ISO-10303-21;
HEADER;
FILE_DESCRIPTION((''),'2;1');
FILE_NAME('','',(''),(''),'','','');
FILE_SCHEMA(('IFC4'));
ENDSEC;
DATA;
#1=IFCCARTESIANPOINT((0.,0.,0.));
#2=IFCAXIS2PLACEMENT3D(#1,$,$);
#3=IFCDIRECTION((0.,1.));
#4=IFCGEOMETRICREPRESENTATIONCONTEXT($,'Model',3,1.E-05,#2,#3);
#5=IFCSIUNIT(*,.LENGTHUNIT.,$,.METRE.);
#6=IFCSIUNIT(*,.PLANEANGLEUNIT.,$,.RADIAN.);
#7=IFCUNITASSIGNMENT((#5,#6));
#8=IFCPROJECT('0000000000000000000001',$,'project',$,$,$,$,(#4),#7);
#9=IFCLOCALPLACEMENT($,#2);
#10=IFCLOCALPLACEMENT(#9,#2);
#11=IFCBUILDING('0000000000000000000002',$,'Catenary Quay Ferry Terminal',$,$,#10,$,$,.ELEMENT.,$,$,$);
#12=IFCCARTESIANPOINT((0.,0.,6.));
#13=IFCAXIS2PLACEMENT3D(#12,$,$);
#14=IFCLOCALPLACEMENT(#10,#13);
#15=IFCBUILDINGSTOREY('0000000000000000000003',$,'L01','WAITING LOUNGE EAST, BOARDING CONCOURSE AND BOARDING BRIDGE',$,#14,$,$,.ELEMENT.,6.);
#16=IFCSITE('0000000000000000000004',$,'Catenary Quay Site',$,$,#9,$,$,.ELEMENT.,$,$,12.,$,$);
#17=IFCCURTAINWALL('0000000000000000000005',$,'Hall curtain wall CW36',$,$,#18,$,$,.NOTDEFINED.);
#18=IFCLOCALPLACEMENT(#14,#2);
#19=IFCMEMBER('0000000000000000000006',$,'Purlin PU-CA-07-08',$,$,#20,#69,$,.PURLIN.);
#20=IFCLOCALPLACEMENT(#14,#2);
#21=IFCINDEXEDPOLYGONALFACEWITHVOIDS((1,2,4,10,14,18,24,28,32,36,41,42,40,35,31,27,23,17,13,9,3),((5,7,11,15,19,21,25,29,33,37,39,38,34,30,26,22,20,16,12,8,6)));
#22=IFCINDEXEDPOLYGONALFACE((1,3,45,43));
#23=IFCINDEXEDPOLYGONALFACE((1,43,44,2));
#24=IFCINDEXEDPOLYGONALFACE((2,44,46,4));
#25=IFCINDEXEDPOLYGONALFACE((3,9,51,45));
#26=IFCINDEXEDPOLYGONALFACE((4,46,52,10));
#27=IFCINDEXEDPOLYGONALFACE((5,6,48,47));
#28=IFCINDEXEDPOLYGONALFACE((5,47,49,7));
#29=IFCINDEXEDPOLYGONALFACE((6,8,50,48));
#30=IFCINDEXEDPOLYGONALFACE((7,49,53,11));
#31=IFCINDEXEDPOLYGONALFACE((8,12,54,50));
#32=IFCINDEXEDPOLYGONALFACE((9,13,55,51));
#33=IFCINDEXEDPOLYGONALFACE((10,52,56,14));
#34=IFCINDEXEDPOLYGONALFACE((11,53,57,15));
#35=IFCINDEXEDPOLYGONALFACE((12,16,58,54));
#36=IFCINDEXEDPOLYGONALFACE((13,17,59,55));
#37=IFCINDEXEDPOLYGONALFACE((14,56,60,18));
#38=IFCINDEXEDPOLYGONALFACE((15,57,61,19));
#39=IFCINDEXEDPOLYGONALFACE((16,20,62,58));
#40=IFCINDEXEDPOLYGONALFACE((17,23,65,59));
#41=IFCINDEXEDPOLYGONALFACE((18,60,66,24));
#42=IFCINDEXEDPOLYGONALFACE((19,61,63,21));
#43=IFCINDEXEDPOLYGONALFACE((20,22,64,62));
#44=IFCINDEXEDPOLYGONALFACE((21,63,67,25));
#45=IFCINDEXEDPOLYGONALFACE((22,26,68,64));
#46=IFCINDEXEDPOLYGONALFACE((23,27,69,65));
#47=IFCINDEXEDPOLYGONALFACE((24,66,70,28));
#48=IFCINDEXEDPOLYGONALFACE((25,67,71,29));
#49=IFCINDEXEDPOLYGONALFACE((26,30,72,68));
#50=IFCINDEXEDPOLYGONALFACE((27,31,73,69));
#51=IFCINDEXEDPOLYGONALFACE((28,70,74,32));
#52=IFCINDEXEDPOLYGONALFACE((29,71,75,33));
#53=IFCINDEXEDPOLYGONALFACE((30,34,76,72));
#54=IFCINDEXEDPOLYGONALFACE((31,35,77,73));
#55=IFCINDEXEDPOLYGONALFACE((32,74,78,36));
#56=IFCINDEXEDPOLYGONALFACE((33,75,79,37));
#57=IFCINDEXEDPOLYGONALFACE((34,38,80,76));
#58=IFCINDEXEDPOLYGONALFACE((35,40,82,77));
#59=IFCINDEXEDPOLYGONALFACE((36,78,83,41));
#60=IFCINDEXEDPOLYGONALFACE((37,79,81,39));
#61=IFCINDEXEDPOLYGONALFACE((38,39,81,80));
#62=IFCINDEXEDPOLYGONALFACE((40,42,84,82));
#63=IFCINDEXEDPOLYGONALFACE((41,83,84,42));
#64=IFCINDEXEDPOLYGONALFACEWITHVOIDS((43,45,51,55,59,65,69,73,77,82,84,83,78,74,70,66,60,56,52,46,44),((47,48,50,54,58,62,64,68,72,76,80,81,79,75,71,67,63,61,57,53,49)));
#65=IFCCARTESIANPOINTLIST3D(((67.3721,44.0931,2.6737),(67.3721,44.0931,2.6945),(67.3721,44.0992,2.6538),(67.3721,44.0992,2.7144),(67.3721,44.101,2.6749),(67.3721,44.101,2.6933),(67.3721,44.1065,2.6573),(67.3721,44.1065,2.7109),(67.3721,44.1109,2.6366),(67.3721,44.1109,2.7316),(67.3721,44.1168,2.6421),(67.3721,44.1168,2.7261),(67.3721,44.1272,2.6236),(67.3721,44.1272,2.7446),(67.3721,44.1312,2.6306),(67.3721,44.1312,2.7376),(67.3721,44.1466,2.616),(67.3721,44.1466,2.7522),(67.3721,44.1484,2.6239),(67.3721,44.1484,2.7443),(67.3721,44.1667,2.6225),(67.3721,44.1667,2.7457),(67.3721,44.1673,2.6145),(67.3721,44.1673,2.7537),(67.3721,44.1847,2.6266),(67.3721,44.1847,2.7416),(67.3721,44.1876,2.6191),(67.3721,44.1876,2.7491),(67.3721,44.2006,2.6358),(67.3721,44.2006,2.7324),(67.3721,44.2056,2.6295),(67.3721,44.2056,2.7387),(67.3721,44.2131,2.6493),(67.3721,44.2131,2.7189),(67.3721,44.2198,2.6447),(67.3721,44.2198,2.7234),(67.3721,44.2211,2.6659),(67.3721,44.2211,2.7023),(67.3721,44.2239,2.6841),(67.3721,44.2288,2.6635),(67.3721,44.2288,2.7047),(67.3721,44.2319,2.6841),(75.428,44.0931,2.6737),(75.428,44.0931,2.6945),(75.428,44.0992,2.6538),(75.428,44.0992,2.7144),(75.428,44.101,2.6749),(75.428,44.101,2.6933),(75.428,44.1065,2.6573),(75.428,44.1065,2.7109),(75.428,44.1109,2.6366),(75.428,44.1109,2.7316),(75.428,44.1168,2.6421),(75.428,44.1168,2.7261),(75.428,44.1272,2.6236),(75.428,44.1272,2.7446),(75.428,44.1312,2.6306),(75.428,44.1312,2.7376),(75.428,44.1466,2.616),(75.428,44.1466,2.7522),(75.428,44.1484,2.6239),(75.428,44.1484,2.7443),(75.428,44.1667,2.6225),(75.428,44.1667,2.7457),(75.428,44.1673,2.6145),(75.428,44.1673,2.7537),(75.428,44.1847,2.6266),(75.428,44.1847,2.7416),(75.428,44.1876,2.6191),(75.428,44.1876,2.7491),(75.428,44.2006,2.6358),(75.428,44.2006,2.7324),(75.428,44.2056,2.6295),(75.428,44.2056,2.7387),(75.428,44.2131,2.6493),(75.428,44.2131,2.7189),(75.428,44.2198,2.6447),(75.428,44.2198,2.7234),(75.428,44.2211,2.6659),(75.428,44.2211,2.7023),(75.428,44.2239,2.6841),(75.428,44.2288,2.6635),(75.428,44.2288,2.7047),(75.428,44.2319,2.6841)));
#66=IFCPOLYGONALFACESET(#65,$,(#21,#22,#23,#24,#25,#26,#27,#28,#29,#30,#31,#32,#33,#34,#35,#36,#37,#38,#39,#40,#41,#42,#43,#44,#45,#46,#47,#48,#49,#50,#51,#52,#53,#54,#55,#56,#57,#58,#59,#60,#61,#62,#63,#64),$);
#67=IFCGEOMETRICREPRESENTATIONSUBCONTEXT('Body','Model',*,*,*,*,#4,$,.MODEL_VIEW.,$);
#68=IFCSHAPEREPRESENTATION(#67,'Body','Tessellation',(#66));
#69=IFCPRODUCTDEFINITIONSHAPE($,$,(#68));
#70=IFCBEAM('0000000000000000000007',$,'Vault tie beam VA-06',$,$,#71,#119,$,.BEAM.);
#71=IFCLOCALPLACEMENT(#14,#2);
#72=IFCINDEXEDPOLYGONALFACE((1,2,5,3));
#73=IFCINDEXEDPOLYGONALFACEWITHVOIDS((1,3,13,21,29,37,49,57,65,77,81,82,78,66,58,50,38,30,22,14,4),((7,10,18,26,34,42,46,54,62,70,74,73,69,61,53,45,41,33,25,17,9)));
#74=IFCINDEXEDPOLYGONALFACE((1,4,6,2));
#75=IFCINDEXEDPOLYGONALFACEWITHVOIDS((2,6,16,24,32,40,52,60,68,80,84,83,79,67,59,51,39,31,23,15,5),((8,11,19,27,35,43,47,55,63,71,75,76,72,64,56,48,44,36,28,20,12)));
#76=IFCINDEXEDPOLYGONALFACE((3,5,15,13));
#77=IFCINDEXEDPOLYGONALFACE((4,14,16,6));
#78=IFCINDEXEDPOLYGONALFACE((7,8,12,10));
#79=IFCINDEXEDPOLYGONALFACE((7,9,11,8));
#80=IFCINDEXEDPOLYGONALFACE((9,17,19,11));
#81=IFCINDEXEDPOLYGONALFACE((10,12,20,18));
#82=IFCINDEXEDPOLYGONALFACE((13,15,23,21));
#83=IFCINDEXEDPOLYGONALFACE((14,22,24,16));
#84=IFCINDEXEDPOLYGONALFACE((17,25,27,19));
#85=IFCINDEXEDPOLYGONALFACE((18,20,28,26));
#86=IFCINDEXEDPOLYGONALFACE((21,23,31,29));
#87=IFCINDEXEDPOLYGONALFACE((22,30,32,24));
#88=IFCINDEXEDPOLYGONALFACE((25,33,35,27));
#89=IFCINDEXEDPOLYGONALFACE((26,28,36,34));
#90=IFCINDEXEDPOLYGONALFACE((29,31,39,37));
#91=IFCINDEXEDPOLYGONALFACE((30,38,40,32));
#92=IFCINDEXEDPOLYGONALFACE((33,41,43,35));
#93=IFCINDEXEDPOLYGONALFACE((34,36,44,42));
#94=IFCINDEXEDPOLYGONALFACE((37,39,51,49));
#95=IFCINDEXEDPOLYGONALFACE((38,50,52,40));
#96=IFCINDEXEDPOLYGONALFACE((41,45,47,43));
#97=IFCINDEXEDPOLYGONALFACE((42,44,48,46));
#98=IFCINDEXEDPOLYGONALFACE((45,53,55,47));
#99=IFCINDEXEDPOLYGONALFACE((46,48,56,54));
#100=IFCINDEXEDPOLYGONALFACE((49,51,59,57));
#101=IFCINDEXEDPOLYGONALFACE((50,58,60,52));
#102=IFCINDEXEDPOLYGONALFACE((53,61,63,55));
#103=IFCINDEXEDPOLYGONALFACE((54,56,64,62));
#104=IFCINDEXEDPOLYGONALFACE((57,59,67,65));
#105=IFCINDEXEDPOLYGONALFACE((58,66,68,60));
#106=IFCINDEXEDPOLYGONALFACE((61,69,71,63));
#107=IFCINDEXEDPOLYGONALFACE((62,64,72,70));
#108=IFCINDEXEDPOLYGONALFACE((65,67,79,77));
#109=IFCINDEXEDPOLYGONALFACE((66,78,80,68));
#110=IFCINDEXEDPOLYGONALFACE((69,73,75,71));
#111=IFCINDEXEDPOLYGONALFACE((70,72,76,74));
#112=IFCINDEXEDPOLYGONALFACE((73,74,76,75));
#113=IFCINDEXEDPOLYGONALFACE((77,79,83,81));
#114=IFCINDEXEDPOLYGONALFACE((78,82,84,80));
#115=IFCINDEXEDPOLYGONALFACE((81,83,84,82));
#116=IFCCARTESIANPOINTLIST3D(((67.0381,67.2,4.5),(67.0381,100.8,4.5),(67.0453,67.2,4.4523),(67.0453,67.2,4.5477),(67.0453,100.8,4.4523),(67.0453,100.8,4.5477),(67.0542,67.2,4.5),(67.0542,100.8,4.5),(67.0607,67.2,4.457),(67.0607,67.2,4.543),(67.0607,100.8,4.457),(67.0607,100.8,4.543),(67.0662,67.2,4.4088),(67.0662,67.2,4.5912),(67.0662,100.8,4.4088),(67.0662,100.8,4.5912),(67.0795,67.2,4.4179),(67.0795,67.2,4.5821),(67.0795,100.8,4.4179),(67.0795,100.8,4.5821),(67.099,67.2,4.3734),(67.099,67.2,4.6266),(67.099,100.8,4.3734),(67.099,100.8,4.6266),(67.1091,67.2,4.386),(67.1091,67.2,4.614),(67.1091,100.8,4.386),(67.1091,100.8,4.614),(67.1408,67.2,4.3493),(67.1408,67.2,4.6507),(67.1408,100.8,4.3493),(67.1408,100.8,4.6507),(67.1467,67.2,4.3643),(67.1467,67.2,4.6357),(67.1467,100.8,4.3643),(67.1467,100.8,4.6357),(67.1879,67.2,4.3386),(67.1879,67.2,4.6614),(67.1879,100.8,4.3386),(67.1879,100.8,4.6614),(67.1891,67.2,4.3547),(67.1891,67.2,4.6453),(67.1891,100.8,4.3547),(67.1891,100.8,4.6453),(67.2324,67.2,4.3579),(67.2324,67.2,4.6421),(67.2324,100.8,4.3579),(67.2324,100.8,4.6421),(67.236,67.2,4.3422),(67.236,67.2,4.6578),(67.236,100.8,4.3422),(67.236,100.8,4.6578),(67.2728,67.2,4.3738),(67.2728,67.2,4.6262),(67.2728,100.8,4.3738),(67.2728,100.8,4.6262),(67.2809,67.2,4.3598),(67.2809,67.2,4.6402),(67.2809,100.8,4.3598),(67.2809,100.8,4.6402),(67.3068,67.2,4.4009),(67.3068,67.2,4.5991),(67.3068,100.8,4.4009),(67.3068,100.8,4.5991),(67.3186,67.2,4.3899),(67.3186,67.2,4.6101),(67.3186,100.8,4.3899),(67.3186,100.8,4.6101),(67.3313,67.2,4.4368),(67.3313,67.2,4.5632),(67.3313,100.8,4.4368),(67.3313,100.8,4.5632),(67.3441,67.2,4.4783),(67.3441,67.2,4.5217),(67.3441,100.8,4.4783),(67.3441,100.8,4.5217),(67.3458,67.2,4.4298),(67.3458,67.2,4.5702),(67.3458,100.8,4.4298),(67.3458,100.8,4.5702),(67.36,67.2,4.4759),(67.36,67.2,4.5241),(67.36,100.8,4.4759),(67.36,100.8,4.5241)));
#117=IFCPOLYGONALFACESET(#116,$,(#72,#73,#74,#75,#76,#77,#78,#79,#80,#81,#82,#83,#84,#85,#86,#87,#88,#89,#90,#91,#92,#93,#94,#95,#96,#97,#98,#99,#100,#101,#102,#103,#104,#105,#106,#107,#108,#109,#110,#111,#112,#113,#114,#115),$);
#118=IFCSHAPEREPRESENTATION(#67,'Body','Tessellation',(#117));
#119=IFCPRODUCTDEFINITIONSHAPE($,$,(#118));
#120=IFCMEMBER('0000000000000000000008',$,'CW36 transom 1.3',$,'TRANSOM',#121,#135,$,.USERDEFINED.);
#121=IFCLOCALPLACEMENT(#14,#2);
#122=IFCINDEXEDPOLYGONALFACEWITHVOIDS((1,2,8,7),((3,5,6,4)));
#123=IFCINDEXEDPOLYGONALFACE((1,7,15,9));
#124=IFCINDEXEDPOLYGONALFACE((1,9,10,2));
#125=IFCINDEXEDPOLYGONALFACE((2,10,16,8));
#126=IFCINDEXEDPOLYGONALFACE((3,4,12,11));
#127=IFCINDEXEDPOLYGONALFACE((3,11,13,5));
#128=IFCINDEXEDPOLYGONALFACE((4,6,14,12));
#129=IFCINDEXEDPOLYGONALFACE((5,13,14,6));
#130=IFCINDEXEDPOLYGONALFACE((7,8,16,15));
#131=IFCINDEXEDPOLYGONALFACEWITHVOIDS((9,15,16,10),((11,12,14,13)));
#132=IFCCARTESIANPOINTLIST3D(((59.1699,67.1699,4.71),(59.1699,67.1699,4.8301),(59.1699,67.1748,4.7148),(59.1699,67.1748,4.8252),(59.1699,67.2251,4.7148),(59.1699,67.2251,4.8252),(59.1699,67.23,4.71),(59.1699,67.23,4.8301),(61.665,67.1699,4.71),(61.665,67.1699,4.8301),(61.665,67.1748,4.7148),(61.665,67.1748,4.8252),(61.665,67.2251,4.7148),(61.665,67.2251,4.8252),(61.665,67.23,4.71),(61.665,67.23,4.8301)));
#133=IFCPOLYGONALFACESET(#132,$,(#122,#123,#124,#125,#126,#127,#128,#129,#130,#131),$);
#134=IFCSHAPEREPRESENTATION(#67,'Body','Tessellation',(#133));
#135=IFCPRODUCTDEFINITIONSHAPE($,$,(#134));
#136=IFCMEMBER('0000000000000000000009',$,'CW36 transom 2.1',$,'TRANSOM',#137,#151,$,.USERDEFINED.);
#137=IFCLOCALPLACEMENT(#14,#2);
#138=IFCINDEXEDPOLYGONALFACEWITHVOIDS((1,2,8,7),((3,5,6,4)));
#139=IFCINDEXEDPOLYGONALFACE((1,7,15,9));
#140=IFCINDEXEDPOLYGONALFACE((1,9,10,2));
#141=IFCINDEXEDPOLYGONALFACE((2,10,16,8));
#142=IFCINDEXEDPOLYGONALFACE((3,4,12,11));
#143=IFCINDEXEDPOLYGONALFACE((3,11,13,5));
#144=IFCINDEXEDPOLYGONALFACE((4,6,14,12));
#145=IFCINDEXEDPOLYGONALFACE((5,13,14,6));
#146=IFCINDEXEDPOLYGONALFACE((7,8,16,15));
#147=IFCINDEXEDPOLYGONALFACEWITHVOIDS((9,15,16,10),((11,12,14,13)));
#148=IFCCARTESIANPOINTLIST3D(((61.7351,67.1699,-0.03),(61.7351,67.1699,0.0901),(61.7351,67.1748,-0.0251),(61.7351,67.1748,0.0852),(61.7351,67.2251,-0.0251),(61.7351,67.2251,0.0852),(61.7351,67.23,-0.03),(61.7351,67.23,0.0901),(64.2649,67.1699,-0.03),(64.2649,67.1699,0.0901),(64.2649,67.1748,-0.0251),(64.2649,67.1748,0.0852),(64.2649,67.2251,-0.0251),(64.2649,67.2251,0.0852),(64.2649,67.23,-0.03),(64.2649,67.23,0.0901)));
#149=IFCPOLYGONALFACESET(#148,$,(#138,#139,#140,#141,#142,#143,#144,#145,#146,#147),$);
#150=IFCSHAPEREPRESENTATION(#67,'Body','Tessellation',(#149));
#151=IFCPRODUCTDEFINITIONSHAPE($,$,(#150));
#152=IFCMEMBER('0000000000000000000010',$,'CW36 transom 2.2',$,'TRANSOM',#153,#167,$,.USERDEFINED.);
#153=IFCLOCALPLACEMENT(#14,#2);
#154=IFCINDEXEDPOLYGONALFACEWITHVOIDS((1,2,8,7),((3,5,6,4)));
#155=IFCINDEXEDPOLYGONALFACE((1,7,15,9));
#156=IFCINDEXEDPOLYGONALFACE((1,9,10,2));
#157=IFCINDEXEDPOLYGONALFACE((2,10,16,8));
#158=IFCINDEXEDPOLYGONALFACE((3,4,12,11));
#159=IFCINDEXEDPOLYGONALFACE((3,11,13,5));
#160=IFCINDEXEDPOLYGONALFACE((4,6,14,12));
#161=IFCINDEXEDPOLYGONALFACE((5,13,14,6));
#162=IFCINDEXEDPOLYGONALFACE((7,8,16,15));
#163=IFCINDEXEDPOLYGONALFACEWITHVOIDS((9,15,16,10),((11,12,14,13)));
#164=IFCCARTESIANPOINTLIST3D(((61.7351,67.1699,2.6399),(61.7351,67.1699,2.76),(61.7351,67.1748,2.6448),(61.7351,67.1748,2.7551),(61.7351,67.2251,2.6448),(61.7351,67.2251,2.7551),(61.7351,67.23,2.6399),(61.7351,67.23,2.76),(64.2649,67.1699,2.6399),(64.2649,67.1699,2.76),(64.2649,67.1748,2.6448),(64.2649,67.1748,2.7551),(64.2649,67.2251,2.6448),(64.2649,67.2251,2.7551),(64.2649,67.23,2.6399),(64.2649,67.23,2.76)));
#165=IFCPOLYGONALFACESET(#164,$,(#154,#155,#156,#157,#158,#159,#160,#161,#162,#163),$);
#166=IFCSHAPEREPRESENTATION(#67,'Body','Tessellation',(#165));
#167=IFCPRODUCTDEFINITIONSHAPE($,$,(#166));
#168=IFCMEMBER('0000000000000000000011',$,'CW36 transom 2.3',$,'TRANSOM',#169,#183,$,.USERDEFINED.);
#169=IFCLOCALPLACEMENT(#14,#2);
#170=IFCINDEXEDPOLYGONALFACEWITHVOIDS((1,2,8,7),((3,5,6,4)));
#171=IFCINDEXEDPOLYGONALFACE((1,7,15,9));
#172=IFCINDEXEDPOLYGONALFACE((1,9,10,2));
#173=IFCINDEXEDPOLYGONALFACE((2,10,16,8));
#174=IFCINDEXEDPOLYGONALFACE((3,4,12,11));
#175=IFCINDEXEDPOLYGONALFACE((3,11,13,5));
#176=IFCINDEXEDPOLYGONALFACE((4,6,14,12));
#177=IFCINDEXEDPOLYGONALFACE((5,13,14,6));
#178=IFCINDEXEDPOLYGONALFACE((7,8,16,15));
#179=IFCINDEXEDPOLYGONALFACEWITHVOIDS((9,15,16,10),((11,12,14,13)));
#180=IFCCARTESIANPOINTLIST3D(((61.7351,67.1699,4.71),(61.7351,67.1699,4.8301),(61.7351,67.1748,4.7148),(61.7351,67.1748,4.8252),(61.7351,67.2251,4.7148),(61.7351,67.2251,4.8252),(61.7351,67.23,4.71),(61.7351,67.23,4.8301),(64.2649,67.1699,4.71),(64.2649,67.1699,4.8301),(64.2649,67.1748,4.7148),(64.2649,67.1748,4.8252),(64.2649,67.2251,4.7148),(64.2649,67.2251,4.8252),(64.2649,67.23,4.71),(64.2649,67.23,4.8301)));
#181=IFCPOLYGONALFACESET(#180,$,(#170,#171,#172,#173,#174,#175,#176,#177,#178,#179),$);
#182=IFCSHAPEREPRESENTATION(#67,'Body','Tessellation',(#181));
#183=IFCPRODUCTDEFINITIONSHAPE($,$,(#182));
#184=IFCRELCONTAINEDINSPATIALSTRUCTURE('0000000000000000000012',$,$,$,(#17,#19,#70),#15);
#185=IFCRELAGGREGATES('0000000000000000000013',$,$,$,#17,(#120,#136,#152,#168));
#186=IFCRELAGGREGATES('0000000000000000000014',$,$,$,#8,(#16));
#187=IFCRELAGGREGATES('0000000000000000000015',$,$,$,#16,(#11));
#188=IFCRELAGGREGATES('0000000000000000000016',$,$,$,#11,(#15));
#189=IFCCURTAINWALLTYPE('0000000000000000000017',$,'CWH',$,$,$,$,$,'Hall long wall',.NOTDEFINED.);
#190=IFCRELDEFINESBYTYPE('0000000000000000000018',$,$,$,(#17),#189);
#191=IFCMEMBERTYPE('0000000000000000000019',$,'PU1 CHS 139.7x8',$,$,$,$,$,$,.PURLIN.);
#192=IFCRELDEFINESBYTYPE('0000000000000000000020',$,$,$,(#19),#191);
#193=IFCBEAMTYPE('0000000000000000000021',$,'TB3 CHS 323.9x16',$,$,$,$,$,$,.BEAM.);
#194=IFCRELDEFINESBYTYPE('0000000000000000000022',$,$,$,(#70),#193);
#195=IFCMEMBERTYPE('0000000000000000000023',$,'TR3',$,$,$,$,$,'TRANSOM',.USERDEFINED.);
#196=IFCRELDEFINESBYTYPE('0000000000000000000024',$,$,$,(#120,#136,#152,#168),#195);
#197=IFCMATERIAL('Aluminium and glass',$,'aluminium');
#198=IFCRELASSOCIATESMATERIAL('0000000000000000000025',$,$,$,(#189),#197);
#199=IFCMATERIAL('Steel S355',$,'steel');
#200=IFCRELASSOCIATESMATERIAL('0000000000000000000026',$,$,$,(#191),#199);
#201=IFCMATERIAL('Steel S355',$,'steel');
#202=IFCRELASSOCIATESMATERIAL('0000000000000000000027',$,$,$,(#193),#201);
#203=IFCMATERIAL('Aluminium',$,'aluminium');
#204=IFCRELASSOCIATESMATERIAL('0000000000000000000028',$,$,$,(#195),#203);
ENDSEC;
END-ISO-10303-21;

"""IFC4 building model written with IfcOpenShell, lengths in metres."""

from ifc_helpers import new_model, si_unit, direction, frame, origin, origin_2d, place, context, subcontext, project, spatial, hollow_rectangle, hollow_circle, extrude, material, material_profile, profile_set, type_object, element, aggregate, save


model = new_model("IFC4")

# Units and contexts
model_context = context("Model", 3, precision=1e-05, world=origin(), true_north=direction((0.0, 1.0)))
body_context = subcontext(model_context, "Body", "Model", "MODEL_VIEW")
ifc_project = project(units=[si_unit("LENGTHUNIT", "METRE"), si_unit("PLANEANGLEUNIT", "RADIAN")], contexts=[model_context])

# Site, building, storey
site_placement = place(None, origin())
site = spatial("IfcSite", under=ifc_project, at=site_placement, Name="Catenary Quay Site", CompositionType="ELEMENT", RefElevation=12.0)
building_placement = place(site_placement, origin())
building = spatial("IfcBuilding", under=site, at=building_placement, Name="Catenary Quay Ferry Terminal", CompositionType="ELEMENT")
storey_placement = place(building_placement, frame((0.0, 0.0, 6.0)))
storey = spatial("IfcBuildingStorey", under=building, at=storey_placement, Name="L01", Description="WAITING LOUNGE EAST, BOARDING CONCOURSE AND BOARDING BRIDGE", CompositionType="ELEMENT", Elevation=6.0)

# Curtain wall
ifc_material_1 = material(Name="Aluminium and glass", Category="aluminium")
curtain_wall_type = type_object("IfcCurtainWallType", Name="CWH", ElementType="Hall long wall", PredefinedType="NOTDEFINED", material=ifc_material_1)
curtain_wall_placement = place(storey_placement, origin())
curtain_wall = element("IfcCurtainWall", 1, at=curtain_wall_placement, inside=storey, type_object=curtain_wall_type, Name="Hall curtain wall CW36", PredefinedType="NOTDEFINED")

# Member
ifc_material_2 = material(Name="Steel S355", Category="steel")
ifc_material_profile_1 = material_profile(ifc_material_2, hollow_circle(Radius=0.0698, WallThickness=0.0081, at=origin_2d()), Name="CHS 139.7x8")
ifc_profile_set_1 = profile_set([ifc_material_profile_1], Name="Steel S355")
member_type_1 = type_object("IfcMemberType", Name="PU1 CHS 139.7x8", PredefinedType="PURLIN", material=ifc_profile_set_1)
member_1_placement = place(storey_placement, frame((67.3721, 44.1621, 2.6841), z_axis=(1.0, 0.0, 0.0), x_axis=(0.0, 1.0, 0.0)))
element("IfcMember", 2, at=member_1_placement, inside=storey, type_object=member_type_1, Name="Purlin PU-CA-07-08", PredefinedType="PURLIN", context=body_context, shape_type="SweptSolid", body=[
    extrude(hollow_circle(Radius=0.0698, WallThickness=0.0081, at=origin_2d()), origin(), (0.0, 0.0, 1.0), 8.0559),
])

# Beam
ifc_material_3 = material(Name="Steel S355", Category="steel")
ifc_material_profile_2 = material_profile(ifc_material_3, hollow_circle(Radius=0.1619, WallThickness=0.0161, at=origin_2d()), Name="CHS 323.9x16")
ifc_profile_set_2 = profile_set([ifc_material_profile_2], Name="Steel S355")
beam_type_1 = type_object("IfcBeamType", Name="TB3 CHS 323.9x16", PredefinedType="BEAM", material=ifc_profile_set_2)
beam_1_placement = place(storey_placement, frame((67.2, 67.2, 4.5), z_axis=(0.0, 1.0, 0.0), x_axis=(-1.0, 0.0, 0.0)))
element("IfcBeam", 3, at=beam_1_placement, inside=storey, type_object=beam_type_1, Name="Vault tie beam VA-06", PredefinedType="BEAM", context=body_context, shape_type="SweptSolid", body=[
    extrude(hollow_circle(Radius=0.1619, WallThickness=0.0161, at=origin_2d()), origin(), (0.0, 0.0, 1.0), 33.6001),
])

# Members
ifc_material_4 = material(Name="Aluminium", Category="aluminium")
ifc_material_profile_3 = material_profile(ifc_material_4, hollow_rectangle(XDim=0.0601, YDim=0.1201, WallThickness=0.0049, at=origin_2d()), Name="TR3")
ifc_profile_set_3 = profile_set([ifc_material_profile_3], Name="Aluminium")
member_type_2 = type_object("IfcMemberType", Name="TR3", ElementType="TRANSOM", PredefinedType="USERDEFINED", material=ifc_profile_set_3)
member_2_placement = place(storey_placement, frame((59.1699, 67.2, 4.77), z_axis=(1.0, 0.0, 0.0), x_axis=(0.0, 1.0, 0.0)))
member_2 = element("IfcMember", 4, at=member_2_placement, type_object=member_type_2, Name="CW36 transom 1.3", ObjectType="TRANSOM", PredefinedType="USERDEFINED", context=body_context, shape_type="SweptSolid", body=[
    extrude(hollow_rectangle(XDim=0.0601, YDim=0.1201, WallThickness=0.0049, at=origin_2d()), origin(), (0.0, 0.0, 1.0), 2.4951),
])
member_3_placement = place(storey_placement, frame((61.7351, 67.2, 0.03), z_axis=(1.0, 0.0, 0.0), x_axis=(0.0, 1.0, 0.0)))
member_3 = element("IfcMember", 5, at=member_3_placement, type_object=member_type_2, Name="CW36 transom 2.1", ObjectType="TRANSOM", PredefinedType="USERDEFINED", context=body_context, shape_type="SweptSolid", body=[
    extrude(hollow_rectangle(XDim=0.0601, YDim=0.1201, WallThickness=0.0049, at=origin_2d()), origin(), (0.0, 0.0, 1.0), 2.5298),
])
member_4_placement = place(storey_placement, frame((61.7351, 67.2, 2.7), z_axis=(1.0, 0.0, 0.0), x_axis=(0.0, 1.0, 0.0)))
member_4 = element("IfcMember", 6, at=member_4_placement, type_object=member_type_2, Name="CW36 transom 2.2", ObjectType="TRANSOM", PredefinedType="USERDEFINED", context=body_context, shape_type="SweptSolid", body=[
    extrude(hollow_rectangle(XDim=0.0601, YDim=0.1201, WallThickness=0.0049, at=origin_2d()), origin(), (0.0, 0.0, 1.0), 2.5298),
])
member_5_placement = place(storey_placement, frame((61.7351, 67.2, 4.77), z_axis=(1.0, 0.0, 0.0), x_axis=(0.0, 1.0, 0.0)))
member_5 = element("IfcMember", 7, at=member_5_placement, type_object=member_type_2, Name="CW36 transom 2.3", ObjectType="TRANSOM", PredefinedType="USERDEFINED", context=body_context, shape_type="SweptSolid", body=[
    extrude(hollow_rectangle(XDim=0.0601, YDim=0.1201, WallThickness=0.0049, at=origin_2d()), origin(), (0.0, 0.0, 1.0), 2.5298),
])

aggregate(curtain_wall, [member_2, member_3, member_4, member_5])

save(model, "model.ifc")
